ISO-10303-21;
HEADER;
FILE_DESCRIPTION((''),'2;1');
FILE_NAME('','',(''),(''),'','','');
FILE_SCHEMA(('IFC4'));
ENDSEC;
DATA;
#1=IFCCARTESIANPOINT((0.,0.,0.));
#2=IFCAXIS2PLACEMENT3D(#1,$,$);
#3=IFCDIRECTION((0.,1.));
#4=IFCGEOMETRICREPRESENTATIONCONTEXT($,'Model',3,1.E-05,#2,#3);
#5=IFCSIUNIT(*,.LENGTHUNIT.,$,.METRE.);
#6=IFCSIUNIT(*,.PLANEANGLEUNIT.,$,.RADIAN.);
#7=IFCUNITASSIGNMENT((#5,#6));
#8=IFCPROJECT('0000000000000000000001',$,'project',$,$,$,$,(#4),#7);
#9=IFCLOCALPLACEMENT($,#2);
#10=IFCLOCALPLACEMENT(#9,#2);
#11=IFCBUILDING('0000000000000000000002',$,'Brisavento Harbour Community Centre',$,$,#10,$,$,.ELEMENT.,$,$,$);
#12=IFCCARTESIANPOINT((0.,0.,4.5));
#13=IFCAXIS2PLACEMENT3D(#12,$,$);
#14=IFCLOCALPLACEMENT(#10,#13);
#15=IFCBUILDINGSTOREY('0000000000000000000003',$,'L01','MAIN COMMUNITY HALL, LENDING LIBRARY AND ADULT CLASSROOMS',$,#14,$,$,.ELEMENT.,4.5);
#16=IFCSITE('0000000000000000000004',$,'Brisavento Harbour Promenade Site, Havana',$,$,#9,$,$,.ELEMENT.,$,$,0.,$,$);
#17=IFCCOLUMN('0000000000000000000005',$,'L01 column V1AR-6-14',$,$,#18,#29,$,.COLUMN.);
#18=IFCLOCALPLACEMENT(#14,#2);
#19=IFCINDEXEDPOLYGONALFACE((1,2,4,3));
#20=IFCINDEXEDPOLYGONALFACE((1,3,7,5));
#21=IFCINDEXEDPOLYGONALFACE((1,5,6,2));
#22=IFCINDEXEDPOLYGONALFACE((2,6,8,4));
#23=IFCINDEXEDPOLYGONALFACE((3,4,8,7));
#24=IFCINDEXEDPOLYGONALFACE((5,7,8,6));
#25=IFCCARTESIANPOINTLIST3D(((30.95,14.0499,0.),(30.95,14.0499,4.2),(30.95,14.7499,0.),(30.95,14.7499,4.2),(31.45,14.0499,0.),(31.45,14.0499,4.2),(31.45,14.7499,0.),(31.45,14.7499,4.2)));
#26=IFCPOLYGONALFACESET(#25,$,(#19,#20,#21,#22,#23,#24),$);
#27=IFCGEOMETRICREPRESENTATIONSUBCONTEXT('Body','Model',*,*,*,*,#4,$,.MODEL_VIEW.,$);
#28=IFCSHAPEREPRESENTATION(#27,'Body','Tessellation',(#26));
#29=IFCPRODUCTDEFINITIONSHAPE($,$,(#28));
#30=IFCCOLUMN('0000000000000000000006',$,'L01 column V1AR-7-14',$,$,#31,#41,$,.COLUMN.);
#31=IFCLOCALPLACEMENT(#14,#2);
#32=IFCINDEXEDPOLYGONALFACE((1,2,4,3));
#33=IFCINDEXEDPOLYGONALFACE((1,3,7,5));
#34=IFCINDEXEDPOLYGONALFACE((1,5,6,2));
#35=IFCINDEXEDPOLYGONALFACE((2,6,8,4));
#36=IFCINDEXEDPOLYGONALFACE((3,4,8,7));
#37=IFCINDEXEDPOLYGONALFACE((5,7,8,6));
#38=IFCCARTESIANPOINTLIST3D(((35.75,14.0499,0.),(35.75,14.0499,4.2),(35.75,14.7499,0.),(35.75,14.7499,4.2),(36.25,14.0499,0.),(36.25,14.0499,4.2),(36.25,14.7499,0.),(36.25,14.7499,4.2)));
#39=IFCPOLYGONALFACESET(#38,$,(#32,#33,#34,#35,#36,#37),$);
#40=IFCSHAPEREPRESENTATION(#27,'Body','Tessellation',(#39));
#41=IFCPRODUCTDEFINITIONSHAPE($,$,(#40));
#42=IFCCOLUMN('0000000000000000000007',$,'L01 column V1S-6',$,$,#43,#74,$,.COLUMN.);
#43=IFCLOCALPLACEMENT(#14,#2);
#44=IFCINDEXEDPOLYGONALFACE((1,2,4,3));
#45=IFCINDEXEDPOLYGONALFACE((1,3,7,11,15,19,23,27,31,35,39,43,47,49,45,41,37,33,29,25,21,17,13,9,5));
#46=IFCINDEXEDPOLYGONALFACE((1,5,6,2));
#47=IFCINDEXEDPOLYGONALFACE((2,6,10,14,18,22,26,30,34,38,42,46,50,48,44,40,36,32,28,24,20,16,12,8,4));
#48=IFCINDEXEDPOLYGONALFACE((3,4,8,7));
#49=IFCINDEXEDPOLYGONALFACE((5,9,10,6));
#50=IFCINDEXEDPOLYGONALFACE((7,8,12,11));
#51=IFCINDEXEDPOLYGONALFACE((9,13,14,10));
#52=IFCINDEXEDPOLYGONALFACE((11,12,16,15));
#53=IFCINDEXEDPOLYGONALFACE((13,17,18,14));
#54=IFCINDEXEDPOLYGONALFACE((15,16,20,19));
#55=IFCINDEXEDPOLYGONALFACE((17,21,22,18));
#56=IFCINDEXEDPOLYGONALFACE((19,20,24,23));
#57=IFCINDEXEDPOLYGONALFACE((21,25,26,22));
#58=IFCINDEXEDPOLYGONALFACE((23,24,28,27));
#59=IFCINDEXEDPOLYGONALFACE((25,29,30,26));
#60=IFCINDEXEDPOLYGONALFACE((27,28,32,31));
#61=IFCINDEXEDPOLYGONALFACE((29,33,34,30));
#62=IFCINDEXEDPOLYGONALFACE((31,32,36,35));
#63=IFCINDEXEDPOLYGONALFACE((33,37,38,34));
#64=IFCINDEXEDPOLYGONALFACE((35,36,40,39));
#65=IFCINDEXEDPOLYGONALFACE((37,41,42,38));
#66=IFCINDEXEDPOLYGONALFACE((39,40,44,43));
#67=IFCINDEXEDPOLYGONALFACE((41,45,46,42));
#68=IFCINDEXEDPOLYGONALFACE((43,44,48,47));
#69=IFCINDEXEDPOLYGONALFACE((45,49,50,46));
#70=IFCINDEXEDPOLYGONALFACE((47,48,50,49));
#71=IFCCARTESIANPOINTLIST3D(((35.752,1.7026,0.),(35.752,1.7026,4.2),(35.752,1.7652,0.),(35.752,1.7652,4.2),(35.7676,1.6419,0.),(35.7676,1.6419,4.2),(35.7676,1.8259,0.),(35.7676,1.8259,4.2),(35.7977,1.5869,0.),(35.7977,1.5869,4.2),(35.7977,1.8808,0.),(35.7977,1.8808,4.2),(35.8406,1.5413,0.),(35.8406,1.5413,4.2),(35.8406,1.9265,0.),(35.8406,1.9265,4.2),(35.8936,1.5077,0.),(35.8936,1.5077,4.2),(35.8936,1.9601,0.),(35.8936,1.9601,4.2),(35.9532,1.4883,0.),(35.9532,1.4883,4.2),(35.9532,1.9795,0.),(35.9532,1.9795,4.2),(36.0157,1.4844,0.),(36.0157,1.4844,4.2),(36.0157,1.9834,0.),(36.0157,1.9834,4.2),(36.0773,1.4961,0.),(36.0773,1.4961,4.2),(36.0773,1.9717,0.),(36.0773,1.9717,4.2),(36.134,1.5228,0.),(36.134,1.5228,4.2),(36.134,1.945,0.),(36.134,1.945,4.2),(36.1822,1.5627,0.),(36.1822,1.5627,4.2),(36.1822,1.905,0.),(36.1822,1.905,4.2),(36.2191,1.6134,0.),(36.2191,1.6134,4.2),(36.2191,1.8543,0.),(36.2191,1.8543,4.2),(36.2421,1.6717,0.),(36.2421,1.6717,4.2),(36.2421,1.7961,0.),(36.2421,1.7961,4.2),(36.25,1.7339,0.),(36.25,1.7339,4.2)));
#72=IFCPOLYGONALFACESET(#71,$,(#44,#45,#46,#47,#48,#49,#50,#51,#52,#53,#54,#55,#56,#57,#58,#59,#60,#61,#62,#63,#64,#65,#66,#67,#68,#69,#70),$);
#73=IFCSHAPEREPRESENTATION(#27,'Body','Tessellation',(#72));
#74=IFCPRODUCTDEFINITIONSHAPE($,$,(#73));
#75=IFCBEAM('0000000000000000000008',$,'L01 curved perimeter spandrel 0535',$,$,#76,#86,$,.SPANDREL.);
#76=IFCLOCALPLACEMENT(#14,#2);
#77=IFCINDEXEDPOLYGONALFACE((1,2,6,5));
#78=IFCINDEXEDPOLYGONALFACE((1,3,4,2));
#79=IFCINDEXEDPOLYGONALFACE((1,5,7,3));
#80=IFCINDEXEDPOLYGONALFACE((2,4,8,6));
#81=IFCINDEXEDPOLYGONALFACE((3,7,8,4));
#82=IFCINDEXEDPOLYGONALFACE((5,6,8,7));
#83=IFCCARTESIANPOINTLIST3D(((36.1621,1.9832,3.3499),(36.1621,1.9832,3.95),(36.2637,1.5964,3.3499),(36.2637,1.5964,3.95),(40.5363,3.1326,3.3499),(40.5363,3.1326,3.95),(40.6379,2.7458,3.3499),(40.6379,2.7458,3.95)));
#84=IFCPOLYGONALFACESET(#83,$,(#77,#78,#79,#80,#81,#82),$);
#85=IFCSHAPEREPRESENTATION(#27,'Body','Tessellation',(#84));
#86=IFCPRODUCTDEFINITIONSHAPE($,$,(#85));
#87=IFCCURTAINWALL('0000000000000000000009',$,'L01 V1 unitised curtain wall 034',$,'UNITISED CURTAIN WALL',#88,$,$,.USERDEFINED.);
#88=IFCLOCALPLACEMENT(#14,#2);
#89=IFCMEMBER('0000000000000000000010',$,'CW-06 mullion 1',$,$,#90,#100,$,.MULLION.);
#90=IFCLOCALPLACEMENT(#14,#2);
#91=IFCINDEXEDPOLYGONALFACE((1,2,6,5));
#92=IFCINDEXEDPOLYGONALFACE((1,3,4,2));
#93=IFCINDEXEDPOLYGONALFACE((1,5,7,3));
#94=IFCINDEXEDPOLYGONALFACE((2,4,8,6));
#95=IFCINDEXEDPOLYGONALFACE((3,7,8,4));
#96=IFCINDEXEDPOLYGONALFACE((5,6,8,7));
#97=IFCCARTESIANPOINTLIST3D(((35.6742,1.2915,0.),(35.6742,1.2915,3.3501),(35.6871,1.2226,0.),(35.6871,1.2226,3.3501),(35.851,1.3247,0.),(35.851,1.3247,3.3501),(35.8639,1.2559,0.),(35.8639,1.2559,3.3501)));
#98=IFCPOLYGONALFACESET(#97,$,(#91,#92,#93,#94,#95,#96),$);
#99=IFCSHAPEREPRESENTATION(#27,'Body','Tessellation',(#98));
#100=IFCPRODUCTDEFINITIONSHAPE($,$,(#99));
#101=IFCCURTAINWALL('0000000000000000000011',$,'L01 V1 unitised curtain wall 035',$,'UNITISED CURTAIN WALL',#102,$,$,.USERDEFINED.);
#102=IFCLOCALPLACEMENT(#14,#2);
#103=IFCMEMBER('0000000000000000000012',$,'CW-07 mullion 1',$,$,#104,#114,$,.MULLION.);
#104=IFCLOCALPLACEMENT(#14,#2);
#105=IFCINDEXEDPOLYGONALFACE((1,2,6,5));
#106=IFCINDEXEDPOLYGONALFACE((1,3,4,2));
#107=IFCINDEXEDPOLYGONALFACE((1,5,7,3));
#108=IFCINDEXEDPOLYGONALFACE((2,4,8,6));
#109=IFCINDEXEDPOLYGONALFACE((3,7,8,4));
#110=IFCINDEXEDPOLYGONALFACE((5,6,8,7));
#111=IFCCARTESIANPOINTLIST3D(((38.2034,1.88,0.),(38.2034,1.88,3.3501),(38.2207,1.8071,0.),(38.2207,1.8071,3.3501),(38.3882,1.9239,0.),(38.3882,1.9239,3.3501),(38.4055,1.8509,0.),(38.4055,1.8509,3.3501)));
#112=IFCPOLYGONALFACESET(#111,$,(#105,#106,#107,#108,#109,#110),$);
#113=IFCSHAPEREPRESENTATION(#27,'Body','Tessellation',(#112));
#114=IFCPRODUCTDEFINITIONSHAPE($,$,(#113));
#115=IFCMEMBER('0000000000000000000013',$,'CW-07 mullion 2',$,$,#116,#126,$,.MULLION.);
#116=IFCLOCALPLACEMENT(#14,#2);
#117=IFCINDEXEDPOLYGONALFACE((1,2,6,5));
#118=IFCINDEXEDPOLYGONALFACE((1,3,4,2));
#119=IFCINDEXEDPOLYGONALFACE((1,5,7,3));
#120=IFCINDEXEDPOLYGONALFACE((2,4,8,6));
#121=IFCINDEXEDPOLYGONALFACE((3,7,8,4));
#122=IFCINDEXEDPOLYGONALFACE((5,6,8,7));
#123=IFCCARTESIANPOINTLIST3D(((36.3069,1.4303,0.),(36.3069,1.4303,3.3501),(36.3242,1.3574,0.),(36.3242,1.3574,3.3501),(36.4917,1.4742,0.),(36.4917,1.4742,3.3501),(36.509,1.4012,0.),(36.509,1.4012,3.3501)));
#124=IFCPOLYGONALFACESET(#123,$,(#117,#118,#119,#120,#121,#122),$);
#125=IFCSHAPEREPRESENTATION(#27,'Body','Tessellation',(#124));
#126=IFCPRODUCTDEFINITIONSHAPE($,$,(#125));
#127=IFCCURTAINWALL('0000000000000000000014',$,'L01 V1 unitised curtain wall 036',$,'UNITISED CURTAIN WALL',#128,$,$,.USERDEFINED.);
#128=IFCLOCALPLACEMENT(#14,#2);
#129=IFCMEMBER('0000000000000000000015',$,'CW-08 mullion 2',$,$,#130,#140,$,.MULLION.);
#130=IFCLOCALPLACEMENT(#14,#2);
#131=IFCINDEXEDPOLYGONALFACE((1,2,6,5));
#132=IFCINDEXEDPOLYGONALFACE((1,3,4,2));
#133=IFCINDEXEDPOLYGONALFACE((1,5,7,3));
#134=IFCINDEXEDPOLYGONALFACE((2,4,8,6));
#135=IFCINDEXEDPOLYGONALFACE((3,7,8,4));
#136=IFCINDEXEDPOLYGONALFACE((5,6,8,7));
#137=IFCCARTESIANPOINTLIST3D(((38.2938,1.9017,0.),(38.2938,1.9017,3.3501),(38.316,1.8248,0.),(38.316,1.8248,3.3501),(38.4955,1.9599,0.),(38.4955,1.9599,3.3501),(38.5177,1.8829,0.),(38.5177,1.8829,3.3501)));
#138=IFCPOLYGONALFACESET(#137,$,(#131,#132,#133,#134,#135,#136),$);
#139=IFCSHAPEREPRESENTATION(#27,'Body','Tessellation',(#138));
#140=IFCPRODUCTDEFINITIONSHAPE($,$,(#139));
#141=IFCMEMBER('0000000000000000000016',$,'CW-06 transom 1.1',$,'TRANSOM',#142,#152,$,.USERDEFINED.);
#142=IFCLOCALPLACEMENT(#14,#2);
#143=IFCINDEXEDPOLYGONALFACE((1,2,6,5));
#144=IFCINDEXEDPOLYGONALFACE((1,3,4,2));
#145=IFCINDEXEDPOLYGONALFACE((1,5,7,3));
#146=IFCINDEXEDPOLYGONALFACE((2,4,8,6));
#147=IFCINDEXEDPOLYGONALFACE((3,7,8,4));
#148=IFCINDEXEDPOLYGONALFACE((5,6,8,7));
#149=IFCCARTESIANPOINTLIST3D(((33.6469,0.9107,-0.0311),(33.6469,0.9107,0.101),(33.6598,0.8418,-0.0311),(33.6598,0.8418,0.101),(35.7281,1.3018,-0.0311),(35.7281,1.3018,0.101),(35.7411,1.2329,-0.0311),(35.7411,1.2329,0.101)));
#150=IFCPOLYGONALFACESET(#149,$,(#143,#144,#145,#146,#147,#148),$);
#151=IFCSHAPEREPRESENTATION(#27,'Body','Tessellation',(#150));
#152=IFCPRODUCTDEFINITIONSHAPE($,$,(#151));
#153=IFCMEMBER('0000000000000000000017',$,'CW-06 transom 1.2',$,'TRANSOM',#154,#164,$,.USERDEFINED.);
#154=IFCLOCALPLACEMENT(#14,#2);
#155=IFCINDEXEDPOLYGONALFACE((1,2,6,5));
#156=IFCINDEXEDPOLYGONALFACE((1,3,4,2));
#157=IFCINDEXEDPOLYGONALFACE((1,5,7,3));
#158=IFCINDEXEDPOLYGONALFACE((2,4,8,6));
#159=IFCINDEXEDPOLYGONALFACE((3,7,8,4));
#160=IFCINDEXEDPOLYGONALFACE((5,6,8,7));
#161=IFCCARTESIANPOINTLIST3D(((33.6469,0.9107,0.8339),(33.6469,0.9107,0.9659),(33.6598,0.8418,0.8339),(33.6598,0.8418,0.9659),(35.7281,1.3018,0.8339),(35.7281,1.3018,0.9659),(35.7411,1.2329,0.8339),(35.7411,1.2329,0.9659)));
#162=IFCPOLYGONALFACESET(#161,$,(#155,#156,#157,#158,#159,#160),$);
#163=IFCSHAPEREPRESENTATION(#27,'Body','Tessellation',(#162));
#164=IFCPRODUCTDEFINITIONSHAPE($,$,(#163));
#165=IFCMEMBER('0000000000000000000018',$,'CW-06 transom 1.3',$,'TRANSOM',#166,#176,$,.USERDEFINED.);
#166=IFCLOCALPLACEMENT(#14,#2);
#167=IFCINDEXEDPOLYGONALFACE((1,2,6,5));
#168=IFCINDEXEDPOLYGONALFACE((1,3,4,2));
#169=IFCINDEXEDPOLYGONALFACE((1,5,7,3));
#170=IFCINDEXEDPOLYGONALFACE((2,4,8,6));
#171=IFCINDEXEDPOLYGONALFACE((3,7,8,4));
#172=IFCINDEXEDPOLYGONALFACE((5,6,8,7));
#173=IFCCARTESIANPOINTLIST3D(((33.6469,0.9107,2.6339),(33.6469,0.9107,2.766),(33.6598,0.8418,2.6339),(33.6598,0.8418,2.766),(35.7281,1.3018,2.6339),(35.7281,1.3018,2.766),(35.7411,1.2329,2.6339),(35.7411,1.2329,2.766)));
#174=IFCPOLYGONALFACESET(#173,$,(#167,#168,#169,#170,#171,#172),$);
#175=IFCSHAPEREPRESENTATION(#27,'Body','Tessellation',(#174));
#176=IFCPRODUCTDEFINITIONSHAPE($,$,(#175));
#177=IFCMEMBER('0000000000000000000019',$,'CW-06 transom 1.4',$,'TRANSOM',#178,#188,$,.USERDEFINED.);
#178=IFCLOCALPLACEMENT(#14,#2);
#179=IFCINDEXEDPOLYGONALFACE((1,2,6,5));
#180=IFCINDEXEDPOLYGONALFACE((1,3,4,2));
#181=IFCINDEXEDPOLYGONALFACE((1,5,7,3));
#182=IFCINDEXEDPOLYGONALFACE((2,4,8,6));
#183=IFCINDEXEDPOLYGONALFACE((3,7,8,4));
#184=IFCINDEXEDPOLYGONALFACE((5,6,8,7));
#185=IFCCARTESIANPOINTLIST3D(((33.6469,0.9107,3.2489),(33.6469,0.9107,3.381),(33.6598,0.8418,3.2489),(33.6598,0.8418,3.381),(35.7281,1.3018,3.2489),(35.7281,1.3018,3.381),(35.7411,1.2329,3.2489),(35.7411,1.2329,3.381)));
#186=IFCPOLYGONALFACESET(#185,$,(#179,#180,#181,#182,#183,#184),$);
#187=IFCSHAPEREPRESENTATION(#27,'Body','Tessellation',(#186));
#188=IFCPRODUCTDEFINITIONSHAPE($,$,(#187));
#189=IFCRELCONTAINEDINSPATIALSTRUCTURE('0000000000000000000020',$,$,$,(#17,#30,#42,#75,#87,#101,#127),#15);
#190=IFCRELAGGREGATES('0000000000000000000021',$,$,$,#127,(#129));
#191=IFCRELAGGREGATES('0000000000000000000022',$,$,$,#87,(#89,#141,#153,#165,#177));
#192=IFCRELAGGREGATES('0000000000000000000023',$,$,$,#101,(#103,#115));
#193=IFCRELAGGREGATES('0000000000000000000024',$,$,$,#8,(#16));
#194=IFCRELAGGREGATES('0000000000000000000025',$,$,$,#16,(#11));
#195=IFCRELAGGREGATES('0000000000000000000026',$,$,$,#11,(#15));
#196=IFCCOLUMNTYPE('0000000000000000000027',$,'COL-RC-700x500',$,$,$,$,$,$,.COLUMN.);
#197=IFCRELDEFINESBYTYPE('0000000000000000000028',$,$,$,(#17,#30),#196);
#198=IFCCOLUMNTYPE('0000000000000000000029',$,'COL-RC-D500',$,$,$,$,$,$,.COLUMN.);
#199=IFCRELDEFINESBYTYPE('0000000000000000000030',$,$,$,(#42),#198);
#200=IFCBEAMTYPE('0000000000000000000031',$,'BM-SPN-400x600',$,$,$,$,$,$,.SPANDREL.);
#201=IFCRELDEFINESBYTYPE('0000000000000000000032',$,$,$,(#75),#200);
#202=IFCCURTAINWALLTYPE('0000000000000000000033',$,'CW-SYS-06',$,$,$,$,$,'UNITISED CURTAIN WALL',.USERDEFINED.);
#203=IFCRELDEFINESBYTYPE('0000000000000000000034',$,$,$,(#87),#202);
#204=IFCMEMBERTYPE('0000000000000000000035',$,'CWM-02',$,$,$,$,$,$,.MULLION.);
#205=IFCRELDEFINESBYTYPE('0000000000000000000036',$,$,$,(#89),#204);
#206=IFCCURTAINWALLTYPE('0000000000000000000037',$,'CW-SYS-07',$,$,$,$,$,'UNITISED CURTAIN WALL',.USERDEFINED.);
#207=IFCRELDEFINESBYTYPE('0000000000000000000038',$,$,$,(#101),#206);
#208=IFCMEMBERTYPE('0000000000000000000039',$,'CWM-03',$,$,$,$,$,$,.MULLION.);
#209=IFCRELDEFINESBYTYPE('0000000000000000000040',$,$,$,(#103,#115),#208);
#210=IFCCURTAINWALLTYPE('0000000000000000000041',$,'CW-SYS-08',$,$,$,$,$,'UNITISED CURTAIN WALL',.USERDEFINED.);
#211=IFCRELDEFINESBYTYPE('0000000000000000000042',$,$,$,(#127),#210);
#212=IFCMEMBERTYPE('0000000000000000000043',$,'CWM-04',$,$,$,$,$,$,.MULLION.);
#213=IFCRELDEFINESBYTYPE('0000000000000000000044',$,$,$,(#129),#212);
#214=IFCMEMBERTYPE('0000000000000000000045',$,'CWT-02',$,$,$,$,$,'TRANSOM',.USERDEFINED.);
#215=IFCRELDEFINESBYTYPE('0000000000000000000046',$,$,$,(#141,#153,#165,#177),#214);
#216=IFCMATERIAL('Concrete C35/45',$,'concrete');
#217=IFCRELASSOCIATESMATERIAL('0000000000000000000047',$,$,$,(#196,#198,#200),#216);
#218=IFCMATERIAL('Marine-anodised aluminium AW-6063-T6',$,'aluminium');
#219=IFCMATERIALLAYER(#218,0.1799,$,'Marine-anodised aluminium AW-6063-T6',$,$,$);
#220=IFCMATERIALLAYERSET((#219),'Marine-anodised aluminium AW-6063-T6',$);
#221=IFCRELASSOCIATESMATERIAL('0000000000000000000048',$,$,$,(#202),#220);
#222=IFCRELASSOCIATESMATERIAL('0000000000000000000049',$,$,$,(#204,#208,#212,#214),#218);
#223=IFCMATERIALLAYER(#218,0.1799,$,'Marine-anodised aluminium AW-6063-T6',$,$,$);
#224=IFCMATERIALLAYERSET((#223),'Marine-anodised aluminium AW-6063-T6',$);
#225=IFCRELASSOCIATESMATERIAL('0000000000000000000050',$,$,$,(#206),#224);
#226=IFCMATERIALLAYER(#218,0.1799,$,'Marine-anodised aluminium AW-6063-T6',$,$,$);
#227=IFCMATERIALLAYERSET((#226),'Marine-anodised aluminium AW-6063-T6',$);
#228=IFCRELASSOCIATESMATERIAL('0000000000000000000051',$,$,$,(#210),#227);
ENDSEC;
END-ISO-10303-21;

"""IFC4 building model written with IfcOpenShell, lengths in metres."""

from ifc_helpers import new_model, si_unit, direction, frame, origin, origin_2d, place, context, subcontext, project, spatial, rectangle, circle, extrude, material, layer, layer_set, material_profile, profile_set, type_object, element, aggregate, save


model = new_model("IFC4")

# Units and contexts
model_context = context("Model", 3, precision=1e-05, world=origin(), true_north=direction((0.0, 1.0)))
body_context = subcontext(model_context, "Body", "Model", "MODEL_VIEW")
ifc_project = project(units=[si_unit("LENGTHUNIT", "METRE"), si_unit("PLANEANGLEUNIT", "RADIAN")], contexts=[model_context])

# Site, building, storey
site_placement = place(None, origin())
site = spatial("IfcSite", under=ifc_project, at=site_placement, Name="Brisavento Harbour Promenade Site, Havana", CompositionType="ELEMENT", RefElevation=0.0)
building_placement = place(site_placement, origin())
building = spatial("IfcBuilding", under=site, at=building_placement, Name="Brisavento Harbour Community Centre", CompositionType="ELEMENT")
storey_placement = place(building_placement, frame((0.0, 0.0, 4.5)))
storey = spatial("IfcBuildingStorey", under=building, at=storey_placement, Name="L01", Description="MAIN COMMUNITY HALL, LENDING LIBRARY AND ADULT CLASSROOMS", CompositionType="ELEMENT", Elevation=4.5)

# Columns
ifc_material_1 = material(Name="Concrete C35/45", Category="concrete")
ifc_material_profile_1 = material_profile(ifc_material_1, rectangle(XDim=0.5, YDim=0.7, at=origin_2d()), Name="Concrete C35/45")
ifc_profile_set_1 = profile_set([ifc_material_profile_1], Name="Concrete C35/45")
column_type_1 = type_object("IfcColumnType", Name="COL-RC-700x500", PredefinedType="COLUMN", material=ifc_profile_set_1)
for number, where, z_axis, x_axis, name in (
    (1, (31.2, 14.3999, 0.0), (0.0, 0.0, 1.0), (1.0, 0.0, 0.0), "L01 column V1AR-6-14"),
    (2, (36.0, 14.3999, 0.0), (0.0, 0.0, 1.0), (1.0, 0.0, 0.0), "L01 column V1AR-7-14"),
):
    element("IfcColumn", number, at=place(storey_placement, frame(where, z_axis=z_axis, x_axis=x_axis)), inside=storey, type_object=column_type_1, Name=name, PredefinedType="COLUMN", context=body_context, shape_type="SweptSolid", body=[
        extrude(rectangle(XDim=0.5, YDim=0.7, at=origin_2d()), origin(), (0.0, 0.0, 1.0), 4.2),
    ])
ifc_material_profile_2 = material_profile(ifc_material_1, circle(Radius=0.25, at=origin_2d()), Name="Concrete C35/45")
ifc_profile_set_2 = profile_set([ifc_material_profile_2], Name="Concrete C35/45")
column_type_2 = type_object("IfcColumnType", Name="COL-RC-D500", PredefinedType="COLUMN", material=ifc_profile_set_2)
column_placement = place(storey_placement, frame((36.0, 1.7339, 0.0), z_axis=(0.0, 0.0, 1.0), x_axis=(1.0, 0.0, 0.0)))
element("IfcColumn", 3, at=column_placement, inside=storey, type_object=column_type_2, Name="L01 column V1S-6", PredefinedType="COLUMN", context=body_context, shape_type="SweptSolid", body=[
    extrude(circle(Radius=0.25, at=origin_2d()), origin(), (0.0, 0.0, 1.0), 4.2),
])

# Beam
ifc_material_profile_3 = material_profile(ifc_material_1, rectangle(XDim=0.3999, YDim=0.6001, at=origin_2d()), Name="Concrete C35/45")
ifc_profile_set_3 = profile_set([ifc_material_profile_3], Name="Concrete C35/45")
beam_type = type_object("IfcBeamType", Name="BM-SPN-400x600", PredefinedType="SPANDREL", material=ifc_profile_set_3)
beam_placement = place(storey_placement, frame((36.2129, 1.7898, 3.6499), z_axis=(0.967167, 0.25414, 0.0), x_axis=(-0.25414, 0.967167, 0.0)))
element("IfcBeam", 4, at=beam_placement, inside=storey, type_object=beam_type, Name="L01 curved perimeter spandrel 0535", PredefinedType="SPANDREL", context=body_context, shape_type="SweptSolid", body=[
    extrude(rectangle(XDim=0.3999, YDim=0.6001, at=origin_2d()), origin(), (0.0, 0.0, 1.0), 4.5227),
])

# Curtain wall, member
ifc_material_2 = material(Name="Marine-anodised aluminium AW-6063-T6", Category="aluminium")
ifc_layer_1 = layer(ifc_material_2, 0.1799, Name="Marine-anodised aluminium AW-6063-T6")
ifc_layer_set_1 = layer_set([ifc_layer_1], Name="Marine-anodised aluminium AW-6063-T6")
curtain_wall_type_1 = type_object("IfcCurtainWallType", Name="CW-SYS-06", ElementType="UNITISED CURTAIN WALL", PredefinedType="USERDEFINED", material=ifc_layer_set_1)
curtain_wall_1_placement = place(storey_placement, origin())
curtain_wall_1 = element("IfcCurtainWall", 5, at=curtain_wall_1_placement, inside=storey, type_object=curtain_wall_type_1, Name="L01 V1 unitised curtain wall 034", ObjectType="UNITISED CURTAIN WALL", PredefinedType="USERDEFINED")
ifc_material_profile_4 = material_profile(ifc_material_2, rectangle(XDim=0.0701, YDim=0.1799, at=origin_2d()), Name="Marine-anodised aluminium AW-6063-T6")
ifc_profile_set_4 = profile_set([ifc_material_profile_4], Name="Marine-anodised aluminium AW-6063-T6")
member_type_1 = type_object("IfcMemberType", Name="CWM-02", PredefinedType="MULLION", material=ifc_profile_set_4)
member_1_placement = place(storey_placement, frame((35.769, 1.2737, 0.0), z_axis=(0.0, 0.0, 1.0), x_axis=(0.18469, -0.982797, 0.0)))
member_1 = element("IfcMember", 6, at=member_1_placement, type_object=member_type_1, Name="CW-06 mullion 1", PredefinedType="MULLION", context=body_context, shape_type="SweptSolid", body=[
    extrude(rectangle(XDim=0.0701, YDim=0.1799, at=origin_2d()), origin(), (0.0, 0.0, 1.0), 3.3501),
])

# Curtain wall, members
ifc_layer_2 = layer(ifc_material_2, 0.1799, Name="Marine-anodised aluminium AW-6063-T6")
ifc_layer_set_2 = layer_set([ifc_layer_2], Name="Marine-anodised aluminium AW-6063-T6")
curtain_wall_type_2 = type_object("IfcCurtainWallType", Name="CW-SYS-07", ElementType="UNITISED CURTAIN WALL", PredefinedType="USERDEFINED", material=ifc_layer_set_2)
curtain_wall_2_placement = place(storey_placement, origin())
curtain_wall_2 = element("IfcCurtainWall", 7, at=curtain_wall_2_placement, inside=storey, type_object=curtain_wall_type_2, Name="L01 V1 unitised curtain wall 035", ObjectType="UNITISED CURTAIN WALL", PredefinedType="USERDEFINED")
ifc_material_profile_5 = material_profile(ifc_material_2, rectangle(XDim=0.075, YDim=0.1899, at=origin_2d()), Name="Marine-anodised aluminium AW-6063-T6")
ifc_profile_set_5 = profile_set([ifc_material_profile_5], Name="Marine-anodised aluminium AW-6063-T6")
member_type_2 = type_object("IfcMemberType", Name="CWM-03", PredefinedType="MULLION", material=ifc_profile_set_5)
member_2_placement = place(storey_placement, frame((38.3044, 1.8655, 0.0), z_axis=(0.0, 0.0, 1.0), x_axis=(0.230812, -0.972998, 0.0)))
member_2 = element("IfcMember", 8, at=member_2_placement, type_object=member_type_2, Name="CW-07 mullion 1", PredefinedType="MULLION", context=body_context, shape_type="SweptSolid", body=[
    extrude(rectangle(XDim=0.075, YDim=0.1899, at=origin_2d()), origin(), (0.0, 0.0, 1.0), 3.3501),
])
member_3_placement = place(storey_placement, frame((36.408, 1.4158, 0.0), z_axis=(0.0, 0.0, 1.0), x_axis=(0.230812, -0.972998, 0.0)))
member_3 = element("IfcMember", 9, at=member_3_placement, type_object=member_type_2, Name="CW-07 mullion 2", PredefinedType="MULLION", context=body_context, shape_type="SweptSolid", body=[
    extrude(rectangle(XDim=0.075, YDim=0.1899, at=origin_2d()), origin(), (0.0, 0.0, 1.0), 3.3501),
])

# Curtain wall, member
ifc_layer_3 = layer(ifc_material_2, 0.1799, Name="Marine-anodised aluminium AW-6063-T6")
ifc_layer_set_3 = layer_set([ifc_layer_3], Name="Marine-anodised aluminium AW-6063-T6")
curtain_wall_type_3 = type_object("IfcCurtainWallType", Name="CW-SYS-08", ElementType="UNITISED CURTAIN WALL", PredefinedType="USERDEFINED", material=ifc_layer_set_3)
curtain_wall_3_placement = place(storey_placement, origin())
curtain_wall_3 = element("IfcCurtainWall", 10, at=curtain_wall_3_placement, inside=storey, type_object=curtain_wall_type_3, Name="L01 V1 unitised curtain wall 036", ObjectType="UNITISED CURTAIN WALL", PredefinedType="USERDEFINED")
ifc_material_profile_6 = material_profile(ifc_material_2, rectangle(XDim=0.0801, YDim=0.21, at=origin_2d()), Name="Marine-anodised aluminium AW-6063-T6")
ifc_profile_set_6 = profile_set([ifc_material_profile_6], Name="Marine-anodised aluminium AW-6063-T6")
member_type_3 = type_object("IfcMemberType", Name="CWM-04", PredefinedType="MULLION", material=ifc_profile_set_6)
member_4_placement = place(storey_placement, frame((38.4058, 1.8923, 0.0), z_axis=(0.0, 0.0, 1.0), x_axis=(0.277012, -0.960866, 0.0)))
member_4 = element("IfcMember", 11, at=member_4_placement, type_object=member_type_3, Name="CW-08 mullion 2", PredefinedType="MULLION", context=body_context, shape_type="SweptSolid", body=[
    extrude(rectangle(XDim=0.0801, YDim=0.21, at=origin_2d()), origin(), (0.0, 0.0, 1.0), 3.3501),
])

# Members
ifc_material_profile_7 = material_profile(ifc_material_2, rectangle(XDim=0.0701, YDim=0.1321, at=origin_2d()), Name="Marine-anodised aluminium AW-6063-T6")
ifc_profile_set_7 = profile_set([ifc_material_profile_7], Name="Marine-anodised aluminium AW-6063-T6")
member_type_4 = type_object("IfcMemberType", Name="CWT-02", ElementType="TRANSOM", PredefinedType="USERDEFINED", material=ifc_profile_set_7)
member_5_placement = place(storey_placement, frame((35.7346, 1.2673, 0.0349), z_axis=(-0.982798, -0.184685, 0.0), x_axis=(0.184685, -0.982798, 0.0)))
member_5 = element("IfcMember", 12, at=member_5_placement, type_object=member_type_4, Name="CW-06 transom 1.1", ObjectType="TRANSOM", PredefinedType="USERDEFINED", context=body_context, shape_type="SweptSolid", body=[
    extrude(rectangle(XDim=0.0701, YDim=0.1321, at=origin_2d()), origin(), (0.0, 0.0, 1.0), 2.1177),
])
member_6_placement = place(storey_placement, frame((35.7346, 1.2673, 0.8999), z_axis=(-0.982798, -0.184685, 0.0), x_axis=(0.184685, -0.982798, 0.0)))
member_6 = element("IfcMember", 13, at=member_6_placement, type_object=member_type_4, Name="CW-06 transom 1.2", ObjectType="TRANSOM", PredefinedType="USERDEFINED", context=body_context, shape_type="SweptSolid", body=[
    extrude(rectangle(XDim=0.0701, YDim=0.1321, at=origin_2d()), origin(), (0.0, 0.0, 1.0), 2.1177),
])
member_7_placement = place(storey_placement, frame((35.7346, 1.2673, 2.7), z_axis=(-0.982798, -0.184685, 0.0), x_axis=(0.184685, -0.982798, 0.0)))
member_7 = element("IfcMember", 14, at=member_7_placement, type_object=member_type_4, Name="CW-06 transom 1.3", ObjectType="TRANSOM", PredefinedType="USERDEFINED", context=body_context, shape_type="SweptSolid", body=[
    extrude(rectangle(XDim=0.0701, YDim=0.1321, at=origin_2d()), origin(), (0.0, 0.0, 1.0), 2.1177),
])
member_8_placement = place(storey_placement, frame((35.7346, 1.2673, 3.3149), z_axis=(-0.982798, -0.184685, 0.0), x_axis=(0.184685, -0.982798, 0.0)))
member_8 = element("IfcMember", 15, at=member_8_placement, type_object=member_type_4, Name="CW-06 transom 1.4", ObjectType="TRANSOM", PredefinedType="USERDEFINED", context=body_context, shape_type="SweptSolid", body=[
    extrude(rectangle(XDim=0.0701, YDim=0.1321, at=origin_2d()), origin(), (0.0, 0.0, 1.0), 2.1177),
])

aggregate(curtain_wall_3, [member_4])
aggregate(curtain_wall_1, [member_1, member_5, member_6, member_7, member_8])
aggregate(curtain_wall_2, [member_2, member_3])

save(model, "model.ifc")
